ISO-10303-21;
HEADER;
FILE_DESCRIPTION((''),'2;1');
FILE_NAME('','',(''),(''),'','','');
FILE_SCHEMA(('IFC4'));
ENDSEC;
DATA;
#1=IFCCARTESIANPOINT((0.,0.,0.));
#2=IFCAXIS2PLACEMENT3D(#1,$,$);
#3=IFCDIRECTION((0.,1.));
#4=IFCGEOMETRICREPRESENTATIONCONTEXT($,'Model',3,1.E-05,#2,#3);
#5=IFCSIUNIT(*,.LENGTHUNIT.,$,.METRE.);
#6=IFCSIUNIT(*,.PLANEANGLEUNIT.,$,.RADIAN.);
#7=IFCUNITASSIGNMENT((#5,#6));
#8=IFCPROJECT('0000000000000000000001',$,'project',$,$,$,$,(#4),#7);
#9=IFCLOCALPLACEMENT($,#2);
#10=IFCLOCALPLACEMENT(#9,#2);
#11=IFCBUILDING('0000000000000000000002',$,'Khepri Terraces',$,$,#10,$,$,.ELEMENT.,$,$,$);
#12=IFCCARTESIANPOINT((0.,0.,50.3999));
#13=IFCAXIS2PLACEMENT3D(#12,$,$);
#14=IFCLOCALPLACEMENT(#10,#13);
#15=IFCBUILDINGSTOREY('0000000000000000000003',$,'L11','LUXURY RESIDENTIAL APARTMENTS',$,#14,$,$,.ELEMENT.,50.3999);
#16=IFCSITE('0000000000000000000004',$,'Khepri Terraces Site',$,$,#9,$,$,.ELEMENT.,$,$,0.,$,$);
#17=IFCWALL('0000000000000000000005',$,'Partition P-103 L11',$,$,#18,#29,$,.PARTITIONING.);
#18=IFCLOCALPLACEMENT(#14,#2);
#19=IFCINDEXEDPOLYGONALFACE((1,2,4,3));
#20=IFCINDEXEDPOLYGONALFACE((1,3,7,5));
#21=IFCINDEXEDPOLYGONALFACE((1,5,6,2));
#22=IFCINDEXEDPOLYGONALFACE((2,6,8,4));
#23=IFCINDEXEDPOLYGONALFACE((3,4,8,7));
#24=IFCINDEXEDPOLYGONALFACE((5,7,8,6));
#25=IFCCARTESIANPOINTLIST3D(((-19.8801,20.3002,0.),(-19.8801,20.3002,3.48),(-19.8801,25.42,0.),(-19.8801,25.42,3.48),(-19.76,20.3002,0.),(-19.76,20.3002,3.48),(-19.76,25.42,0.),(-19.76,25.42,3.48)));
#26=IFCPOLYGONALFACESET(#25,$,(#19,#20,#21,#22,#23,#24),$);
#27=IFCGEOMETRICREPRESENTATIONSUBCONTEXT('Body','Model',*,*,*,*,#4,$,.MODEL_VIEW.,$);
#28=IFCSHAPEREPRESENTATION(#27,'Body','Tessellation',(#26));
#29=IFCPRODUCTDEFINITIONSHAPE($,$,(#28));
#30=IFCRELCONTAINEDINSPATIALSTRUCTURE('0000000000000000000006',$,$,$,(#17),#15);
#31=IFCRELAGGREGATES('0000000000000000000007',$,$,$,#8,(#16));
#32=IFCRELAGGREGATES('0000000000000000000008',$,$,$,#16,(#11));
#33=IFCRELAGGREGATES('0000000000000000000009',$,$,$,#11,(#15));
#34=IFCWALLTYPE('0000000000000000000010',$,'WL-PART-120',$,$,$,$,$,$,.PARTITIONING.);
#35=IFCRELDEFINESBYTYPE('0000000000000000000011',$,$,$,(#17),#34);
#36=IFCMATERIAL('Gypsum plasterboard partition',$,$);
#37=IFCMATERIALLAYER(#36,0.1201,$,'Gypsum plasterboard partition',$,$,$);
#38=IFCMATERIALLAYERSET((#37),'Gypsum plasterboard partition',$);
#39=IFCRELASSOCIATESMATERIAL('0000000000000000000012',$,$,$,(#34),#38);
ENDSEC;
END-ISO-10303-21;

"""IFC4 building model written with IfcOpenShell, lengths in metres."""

from ifc_helpers import new_model, si_unit, direction, frame, frame_2d, origin, place, context, subcontext, project, spatial, rectangle, extrude, material, layer, layer_set, type_object, element, save


model = new_model("IFC4")

# Units and contexts
model_context = context("Model", 3, precision=1e-05, world=origin(), true_north=direction((0.0, 1.0)))
body_context = subcontext(model_context, "Body", "Model", "MODEL_VIEW")
ifc_project = project(units=[si_unit("LENGTHUNIT", "METRE"), si_unit("PLANEANGLEUNIT", "RADIAN")], contexts=[model_context])

# Site, building, storey
site_placement = place(None, origin())
site = spatial("IfcSite", under=ifc_project, at=site_placement, Name="Khepri Terraces Site", CompositionType="ELEMENT", RefElevation=0.0)
building_placement = place(site_placement, origin())
building = spatial("IfcBuilding", under=site, at=building_placement, Name="Khepri Terraces", CompositionType="ELEMENT")
storey_placement = place(building_placement, frame((0.0, 0.0, 50.3999)))
storey = spatial("IfcBuildingStorey", under=building, at=storey_placement, Name="L11", Description="LUXURY RESIDENTIAL APARTMENTS", CompositionType="ELEMENT", Elevation=50.3999)

# Shared definitions
ifc_material_1 = material(Name="Gypsum plasterboard partition")
ifc_layer_1 = layer(ifc_material_1, 0.1201, Name="Gypsum plasterboard partition")
ifc_layer_set_1 = layer_set([ifc_layer_1], Name="Gypsum plasterboard partition")
wall_type_1 = type_object("IfcWallType", Name="WL-PART-120", PredefinedType="PARTITIONING", material=ifc_layer_set_1)

# Wall
wall_1_placement = place(storey_placement, frame((-19.8201, 20.3, 0.0), z_axis=(0.0, 0.0, 1.0), x_axis=(0.0, 1.0, 0.0)))
element("IfcWall", 1, at=wall_1_placement, inside=storey, type_object=wall_type_1, Name="Partition P-103 L11", PredefinedType="PARTITIONING", context=body_context, shape_type="SweptSolid", body=[
    extrude(rectangle(XDim=5.1199, YDim=0.1201, at=frame_2d((2.5601, 0.0))), origin(), (0.0, 0.0, 1.0), 3.48),
])

save(model, "model.ifc")
